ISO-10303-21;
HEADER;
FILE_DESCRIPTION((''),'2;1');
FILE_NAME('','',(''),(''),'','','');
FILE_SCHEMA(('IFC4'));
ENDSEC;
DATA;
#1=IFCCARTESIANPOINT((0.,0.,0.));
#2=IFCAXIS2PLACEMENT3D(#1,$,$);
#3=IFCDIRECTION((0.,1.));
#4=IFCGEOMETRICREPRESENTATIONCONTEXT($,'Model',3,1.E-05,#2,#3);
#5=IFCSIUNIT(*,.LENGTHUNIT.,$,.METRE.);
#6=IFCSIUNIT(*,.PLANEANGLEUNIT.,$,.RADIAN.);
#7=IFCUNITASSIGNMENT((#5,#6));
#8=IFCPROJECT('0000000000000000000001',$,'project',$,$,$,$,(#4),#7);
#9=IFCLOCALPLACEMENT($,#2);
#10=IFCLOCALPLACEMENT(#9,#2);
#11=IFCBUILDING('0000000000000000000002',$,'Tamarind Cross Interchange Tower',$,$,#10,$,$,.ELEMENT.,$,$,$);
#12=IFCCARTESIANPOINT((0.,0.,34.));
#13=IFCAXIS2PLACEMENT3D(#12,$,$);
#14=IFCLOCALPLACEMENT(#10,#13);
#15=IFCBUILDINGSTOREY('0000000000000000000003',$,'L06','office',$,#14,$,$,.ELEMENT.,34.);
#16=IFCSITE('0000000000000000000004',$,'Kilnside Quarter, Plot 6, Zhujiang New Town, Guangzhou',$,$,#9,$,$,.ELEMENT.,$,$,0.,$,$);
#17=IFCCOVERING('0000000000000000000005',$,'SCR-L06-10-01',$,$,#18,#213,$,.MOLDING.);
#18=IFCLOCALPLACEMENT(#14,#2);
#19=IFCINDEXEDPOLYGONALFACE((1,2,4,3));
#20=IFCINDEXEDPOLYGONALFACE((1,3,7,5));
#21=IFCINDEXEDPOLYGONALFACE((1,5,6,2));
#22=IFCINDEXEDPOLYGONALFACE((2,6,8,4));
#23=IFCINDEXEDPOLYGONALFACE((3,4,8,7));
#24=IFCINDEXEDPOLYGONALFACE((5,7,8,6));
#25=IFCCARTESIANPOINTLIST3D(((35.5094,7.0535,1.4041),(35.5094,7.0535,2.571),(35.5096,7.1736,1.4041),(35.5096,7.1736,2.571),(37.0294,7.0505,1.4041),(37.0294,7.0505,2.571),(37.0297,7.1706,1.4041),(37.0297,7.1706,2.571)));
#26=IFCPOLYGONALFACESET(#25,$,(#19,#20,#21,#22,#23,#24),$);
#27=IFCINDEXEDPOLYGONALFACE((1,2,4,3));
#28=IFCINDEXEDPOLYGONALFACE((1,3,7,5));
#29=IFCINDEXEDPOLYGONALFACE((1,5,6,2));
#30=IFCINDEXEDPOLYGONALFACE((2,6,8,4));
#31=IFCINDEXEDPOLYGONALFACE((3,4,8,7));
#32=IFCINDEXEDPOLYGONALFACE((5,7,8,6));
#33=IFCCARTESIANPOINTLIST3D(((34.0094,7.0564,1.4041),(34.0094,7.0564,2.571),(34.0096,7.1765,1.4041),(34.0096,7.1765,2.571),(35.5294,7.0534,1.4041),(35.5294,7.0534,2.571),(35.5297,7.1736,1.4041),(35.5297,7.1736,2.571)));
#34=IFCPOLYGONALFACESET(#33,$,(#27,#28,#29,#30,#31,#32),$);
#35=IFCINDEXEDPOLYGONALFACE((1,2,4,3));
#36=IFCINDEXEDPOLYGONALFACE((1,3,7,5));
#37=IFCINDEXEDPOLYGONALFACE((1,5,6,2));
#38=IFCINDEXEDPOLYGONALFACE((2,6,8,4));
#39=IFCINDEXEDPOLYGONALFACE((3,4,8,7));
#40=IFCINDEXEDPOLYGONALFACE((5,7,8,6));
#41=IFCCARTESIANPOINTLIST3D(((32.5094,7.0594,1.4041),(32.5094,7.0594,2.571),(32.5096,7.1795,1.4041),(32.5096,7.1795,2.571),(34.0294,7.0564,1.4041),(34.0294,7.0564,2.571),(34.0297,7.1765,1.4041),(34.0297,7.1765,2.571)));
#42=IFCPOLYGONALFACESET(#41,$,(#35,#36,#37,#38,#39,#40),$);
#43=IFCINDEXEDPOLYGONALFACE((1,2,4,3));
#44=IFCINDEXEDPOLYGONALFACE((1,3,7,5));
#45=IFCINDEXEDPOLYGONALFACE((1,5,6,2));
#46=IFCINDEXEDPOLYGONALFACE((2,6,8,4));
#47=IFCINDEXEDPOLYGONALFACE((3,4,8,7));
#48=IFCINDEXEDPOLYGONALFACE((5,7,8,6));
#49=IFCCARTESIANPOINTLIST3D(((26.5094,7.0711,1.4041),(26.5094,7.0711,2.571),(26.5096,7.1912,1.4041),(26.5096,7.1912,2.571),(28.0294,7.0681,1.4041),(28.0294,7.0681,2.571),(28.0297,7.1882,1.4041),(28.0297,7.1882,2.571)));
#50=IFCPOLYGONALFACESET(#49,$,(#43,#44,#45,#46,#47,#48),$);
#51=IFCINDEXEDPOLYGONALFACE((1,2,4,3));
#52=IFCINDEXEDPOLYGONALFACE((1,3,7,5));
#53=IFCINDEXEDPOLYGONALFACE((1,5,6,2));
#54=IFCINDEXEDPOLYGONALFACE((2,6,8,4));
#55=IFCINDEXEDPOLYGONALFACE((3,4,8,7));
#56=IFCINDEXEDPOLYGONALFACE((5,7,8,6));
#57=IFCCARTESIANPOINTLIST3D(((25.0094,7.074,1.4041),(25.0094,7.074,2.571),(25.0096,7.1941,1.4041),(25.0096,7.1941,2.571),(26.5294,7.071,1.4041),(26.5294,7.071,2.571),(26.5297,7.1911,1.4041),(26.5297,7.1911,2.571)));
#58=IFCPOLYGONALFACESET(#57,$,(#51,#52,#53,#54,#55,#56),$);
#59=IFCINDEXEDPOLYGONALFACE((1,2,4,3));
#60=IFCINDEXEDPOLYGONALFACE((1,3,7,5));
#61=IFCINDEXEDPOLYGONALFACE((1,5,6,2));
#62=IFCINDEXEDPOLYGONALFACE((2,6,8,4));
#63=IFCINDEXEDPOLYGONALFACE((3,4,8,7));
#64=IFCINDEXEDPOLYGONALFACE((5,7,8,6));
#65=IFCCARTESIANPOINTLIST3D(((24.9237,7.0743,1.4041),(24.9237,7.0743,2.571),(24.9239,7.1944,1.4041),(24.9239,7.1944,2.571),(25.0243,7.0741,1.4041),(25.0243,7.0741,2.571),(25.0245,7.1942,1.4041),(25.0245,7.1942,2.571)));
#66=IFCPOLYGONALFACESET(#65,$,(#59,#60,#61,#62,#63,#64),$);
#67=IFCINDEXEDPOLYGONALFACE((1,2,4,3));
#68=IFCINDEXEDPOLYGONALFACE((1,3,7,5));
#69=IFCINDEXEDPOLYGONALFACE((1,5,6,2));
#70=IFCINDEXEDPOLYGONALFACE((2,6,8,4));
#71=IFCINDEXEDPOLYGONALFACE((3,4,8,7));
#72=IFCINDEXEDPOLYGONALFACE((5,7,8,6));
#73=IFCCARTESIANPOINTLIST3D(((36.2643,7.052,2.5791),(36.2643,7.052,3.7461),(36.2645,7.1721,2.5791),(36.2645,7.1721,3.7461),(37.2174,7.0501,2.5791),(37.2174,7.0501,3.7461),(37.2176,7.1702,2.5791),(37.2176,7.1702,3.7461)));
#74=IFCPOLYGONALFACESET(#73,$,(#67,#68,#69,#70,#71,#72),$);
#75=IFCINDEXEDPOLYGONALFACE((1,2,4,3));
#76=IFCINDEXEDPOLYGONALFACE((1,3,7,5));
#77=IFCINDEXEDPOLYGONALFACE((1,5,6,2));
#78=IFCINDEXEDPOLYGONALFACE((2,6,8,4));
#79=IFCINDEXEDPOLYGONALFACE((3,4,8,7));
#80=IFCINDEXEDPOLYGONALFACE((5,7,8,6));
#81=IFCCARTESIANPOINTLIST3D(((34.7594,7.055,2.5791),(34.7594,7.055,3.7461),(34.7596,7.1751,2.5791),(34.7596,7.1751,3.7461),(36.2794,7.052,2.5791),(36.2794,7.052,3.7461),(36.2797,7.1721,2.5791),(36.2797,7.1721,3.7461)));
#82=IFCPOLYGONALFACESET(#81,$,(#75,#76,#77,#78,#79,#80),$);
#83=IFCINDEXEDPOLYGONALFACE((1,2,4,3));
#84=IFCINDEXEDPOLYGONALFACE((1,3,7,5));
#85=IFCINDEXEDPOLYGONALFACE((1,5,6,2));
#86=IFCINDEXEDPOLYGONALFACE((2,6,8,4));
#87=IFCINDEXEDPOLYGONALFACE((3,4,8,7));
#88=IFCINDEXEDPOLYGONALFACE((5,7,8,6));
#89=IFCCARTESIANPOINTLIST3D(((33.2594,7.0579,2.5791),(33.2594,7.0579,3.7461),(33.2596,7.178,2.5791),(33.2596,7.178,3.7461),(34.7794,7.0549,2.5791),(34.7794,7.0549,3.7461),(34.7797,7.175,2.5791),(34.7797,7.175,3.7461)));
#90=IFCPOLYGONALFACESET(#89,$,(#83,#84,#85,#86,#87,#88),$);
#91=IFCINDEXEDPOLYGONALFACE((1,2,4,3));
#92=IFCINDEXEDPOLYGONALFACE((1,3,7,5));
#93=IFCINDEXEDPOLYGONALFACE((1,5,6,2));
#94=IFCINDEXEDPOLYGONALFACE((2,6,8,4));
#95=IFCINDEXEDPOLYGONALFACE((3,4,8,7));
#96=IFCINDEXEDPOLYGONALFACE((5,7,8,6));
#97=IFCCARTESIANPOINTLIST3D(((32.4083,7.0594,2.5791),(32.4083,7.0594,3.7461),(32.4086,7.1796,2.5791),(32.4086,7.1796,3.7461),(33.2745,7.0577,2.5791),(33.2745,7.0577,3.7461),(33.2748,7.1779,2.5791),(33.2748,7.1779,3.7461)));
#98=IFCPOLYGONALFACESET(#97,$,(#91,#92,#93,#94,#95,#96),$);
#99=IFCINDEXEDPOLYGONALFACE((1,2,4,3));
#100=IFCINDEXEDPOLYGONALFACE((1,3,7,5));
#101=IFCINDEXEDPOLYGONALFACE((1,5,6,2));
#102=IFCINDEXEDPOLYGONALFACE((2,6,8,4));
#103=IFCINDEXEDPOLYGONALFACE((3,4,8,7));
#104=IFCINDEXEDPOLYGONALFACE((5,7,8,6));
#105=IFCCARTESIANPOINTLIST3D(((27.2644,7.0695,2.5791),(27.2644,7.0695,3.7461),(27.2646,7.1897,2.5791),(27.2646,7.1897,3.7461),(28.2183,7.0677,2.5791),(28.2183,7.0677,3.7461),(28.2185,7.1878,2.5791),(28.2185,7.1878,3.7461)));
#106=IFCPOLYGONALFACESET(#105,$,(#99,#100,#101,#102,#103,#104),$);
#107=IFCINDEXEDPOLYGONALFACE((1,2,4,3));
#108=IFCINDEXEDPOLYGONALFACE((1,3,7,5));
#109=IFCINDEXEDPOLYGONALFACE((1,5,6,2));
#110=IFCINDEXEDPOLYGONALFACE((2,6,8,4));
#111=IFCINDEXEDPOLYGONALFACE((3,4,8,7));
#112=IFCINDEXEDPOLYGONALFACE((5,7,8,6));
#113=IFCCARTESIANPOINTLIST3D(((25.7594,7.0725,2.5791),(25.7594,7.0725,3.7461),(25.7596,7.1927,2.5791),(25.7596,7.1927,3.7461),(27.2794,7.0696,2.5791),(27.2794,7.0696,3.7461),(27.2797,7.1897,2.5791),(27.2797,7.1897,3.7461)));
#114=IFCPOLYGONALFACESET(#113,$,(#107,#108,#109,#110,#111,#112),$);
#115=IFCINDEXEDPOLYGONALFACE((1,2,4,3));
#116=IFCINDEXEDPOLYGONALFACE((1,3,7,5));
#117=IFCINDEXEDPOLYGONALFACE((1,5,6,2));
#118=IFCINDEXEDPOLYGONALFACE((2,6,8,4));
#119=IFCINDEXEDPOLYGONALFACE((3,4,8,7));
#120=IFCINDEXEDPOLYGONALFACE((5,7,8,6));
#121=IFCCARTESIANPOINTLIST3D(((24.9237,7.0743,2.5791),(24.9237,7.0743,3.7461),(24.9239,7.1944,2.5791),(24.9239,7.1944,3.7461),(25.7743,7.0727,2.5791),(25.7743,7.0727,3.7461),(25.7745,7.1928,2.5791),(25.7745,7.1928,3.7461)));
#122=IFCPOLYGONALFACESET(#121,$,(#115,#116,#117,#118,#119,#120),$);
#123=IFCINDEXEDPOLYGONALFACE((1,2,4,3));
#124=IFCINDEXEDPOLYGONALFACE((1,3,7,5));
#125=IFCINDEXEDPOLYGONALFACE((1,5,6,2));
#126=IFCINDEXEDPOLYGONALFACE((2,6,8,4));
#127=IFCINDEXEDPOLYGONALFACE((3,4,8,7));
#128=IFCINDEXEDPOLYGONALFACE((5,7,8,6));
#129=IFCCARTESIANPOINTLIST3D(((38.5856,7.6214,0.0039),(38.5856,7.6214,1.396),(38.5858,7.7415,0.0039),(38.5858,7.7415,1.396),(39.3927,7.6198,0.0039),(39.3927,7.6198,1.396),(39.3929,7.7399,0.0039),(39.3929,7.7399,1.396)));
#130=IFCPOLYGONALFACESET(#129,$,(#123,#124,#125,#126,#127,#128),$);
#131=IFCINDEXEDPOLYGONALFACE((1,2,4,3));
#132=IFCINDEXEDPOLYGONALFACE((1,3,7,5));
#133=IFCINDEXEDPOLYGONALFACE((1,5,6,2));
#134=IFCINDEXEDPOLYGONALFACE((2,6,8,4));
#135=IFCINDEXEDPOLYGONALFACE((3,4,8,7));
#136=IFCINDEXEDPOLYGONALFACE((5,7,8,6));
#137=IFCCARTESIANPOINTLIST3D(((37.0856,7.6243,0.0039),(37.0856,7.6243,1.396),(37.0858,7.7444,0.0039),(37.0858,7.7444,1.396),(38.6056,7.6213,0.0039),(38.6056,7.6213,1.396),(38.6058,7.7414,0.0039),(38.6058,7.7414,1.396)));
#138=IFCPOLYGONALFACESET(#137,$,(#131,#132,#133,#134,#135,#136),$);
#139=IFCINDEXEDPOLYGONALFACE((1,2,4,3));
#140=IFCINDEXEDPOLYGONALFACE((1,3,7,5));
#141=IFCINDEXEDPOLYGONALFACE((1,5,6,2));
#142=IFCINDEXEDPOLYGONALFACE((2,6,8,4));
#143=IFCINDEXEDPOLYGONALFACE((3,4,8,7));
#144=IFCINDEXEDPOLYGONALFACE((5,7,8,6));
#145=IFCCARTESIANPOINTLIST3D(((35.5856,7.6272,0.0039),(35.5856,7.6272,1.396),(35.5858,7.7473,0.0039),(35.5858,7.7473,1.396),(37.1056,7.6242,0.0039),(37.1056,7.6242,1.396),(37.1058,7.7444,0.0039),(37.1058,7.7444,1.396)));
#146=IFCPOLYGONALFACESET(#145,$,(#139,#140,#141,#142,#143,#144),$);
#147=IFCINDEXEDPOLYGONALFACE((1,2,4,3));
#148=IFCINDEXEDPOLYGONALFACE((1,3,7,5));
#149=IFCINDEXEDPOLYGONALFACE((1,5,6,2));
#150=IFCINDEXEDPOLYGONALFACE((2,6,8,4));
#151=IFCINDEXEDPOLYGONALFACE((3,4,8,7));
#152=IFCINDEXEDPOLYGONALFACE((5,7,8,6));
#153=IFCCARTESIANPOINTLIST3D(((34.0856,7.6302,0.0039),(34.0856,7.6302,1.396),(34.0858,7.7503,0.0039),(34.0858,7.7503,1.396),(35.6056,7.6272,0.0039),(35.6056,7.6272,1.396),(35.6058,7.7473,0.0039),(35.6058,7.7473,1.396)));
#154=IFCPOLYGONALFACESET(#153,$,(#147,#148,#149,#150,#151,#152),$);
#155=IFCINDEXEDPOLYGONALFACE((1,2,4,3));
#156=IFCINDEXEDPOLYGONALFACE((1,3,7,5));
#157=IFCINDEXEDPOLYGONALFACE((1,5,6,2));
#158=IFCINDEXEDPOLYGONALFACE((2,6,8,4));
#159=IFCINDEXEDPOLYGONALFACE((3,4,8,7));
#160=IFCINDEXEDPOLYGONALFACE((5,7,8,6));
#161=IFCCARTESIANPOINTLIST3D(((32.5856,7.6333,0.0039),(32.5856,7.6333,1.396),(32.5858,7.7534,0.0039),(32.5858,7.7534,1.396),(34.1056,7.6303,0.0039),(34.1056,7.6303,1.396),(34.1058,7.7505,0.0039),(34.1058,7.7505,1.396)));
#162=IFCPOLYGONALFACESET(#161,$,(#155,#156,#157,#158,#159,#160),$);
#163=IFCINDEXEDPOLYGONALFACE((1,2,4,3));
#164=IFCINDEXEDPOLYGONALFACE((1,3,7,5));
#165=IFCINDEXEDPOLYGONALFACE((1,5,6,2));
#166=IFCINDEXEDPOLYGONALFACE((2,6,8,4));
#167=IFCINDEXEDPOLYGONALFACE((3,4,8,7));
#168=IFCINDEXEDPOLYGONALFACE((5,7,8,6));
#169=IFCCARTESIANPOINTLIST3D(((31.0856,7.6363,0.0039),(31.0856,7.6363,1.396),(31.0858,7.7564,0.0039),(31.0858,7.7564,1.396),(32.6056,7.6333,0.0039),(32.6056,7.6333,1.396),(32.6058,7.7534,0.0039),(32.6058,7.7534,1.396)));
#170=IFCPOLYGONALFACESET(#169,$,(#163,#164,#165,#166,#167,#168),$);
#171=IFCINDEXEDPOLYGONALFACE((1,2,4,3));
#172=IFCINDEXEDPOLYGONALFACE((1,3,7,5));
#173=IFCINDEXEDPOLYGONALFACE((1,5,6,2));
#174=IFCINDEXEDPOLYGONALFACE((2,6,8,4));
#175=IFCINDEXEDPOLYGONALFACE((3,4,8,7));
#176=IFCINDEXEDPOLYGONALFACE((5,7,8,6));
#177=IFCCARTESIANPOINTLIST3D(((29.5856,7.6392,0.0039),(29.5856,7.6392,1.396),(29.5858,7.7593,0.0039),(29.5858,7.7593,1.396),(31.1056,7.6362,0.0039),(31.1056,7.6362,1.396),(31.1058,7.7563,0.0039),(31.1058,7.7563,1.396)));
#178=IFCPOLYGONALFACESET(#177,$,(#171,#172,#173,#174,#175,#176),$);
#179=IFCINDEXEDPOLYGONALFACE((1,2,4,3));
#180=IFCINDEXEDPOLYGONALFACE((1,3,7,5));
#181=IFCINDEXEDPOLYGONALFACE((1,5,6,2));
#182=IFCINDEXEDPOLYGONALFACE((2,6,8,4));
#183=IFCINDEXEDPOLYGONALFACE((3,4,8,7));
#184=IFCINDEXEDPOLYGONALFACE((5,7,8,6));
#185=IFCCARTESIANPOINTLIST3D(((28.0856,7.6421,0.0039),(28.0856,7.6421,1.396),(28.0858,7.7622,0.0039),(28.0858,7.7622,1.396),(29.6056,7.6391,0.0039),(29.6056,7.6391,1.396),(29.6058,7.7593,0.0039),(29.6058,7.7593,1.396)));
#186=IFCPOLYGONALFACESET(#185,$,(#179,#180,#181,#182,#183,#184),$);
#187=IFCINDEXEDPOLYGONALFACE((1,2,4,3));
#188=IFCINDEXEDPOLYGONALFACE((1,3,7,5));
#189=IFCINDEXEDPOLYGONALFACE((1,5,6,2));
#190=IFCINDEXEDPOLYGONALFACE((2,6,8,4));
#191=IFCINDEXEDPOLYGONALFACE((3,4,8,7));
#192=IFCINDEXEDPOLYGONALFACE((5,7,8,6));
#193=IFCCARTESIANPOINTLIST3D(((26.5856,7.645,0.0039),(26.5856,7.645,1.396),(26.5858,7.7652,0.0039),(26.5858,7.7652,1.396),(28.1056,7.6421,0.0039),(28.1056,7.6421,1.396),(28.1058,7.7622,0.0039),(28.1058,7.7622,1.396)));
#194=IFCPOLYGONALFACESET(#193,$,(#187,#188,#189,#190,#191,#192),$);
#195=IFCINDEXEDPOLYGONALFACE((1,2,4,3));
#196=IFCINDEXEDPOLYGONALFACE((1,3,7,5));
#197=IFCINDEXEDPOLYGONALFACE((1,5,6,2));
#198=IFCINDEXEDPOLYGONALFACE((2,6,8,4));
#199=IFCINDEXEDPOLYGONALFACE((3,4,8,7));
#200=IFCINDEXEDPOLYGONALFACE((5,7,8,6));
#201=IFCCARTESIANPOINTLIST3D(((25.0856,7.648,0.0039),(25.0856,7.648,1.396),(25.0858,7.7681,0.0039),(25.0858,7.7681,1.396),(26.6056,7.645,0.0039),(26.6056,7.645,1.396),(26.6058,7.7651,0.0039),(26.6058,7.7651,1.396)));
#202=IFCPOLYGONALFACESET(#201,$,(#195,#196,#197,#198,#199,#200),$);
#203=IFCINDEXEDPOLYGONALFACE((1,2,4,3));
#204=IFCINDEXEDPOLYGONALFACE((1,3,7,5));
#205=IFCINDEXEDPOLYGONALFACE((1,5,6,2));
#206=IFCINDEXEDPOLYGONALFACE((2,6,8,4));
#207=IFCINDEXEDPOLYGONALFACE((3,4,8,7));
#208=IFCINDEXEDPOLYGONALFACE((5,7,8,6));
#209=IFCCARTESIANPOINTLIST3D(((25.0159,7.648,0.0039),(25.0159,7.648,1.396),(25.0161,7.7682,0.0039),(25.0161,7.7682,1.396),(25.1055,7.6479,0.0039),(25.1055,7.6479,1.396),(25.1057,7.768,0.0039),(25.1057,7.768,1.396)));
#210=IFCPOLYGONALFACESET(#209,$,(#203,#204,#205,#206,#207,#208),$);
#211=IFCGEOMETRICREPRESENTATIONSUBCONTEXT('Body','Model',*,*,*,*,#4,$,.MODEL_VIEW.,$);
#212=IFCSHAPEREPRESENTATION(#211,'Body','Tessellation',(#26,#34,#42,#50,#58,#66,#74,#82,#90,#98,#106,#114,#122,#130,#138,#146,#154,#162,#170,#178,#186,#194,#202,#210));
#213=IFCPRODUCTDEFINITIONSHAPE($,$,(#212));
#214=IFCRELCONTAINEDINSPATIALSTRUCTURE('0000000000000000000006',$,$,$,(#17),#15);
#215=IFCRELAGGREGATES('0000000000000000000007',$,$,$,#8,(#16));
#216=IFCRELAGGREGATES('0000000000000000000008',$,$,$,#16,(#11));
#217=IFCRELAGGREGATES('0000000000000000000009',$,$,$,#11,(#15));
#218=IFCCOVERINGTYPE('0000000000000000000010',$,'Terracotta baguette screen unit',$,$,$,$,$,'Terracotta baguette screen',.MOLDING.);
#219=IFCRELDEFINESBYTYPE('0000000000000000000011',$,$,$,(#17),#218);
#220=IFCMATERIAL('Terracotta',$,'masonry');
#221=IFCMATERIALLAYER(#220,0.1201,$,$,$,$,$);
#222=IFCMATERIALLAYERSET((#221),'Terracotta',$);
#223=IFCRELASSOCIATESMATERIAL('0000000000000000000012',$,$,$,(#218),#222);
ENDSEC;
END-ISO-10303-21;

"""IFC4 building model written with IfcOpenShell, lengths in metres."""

from ifc_helpers import new_model, si_unit, direction, frame, origin, origin_2d, place, context, subcontext, project, spatial, rectangle, extrude, material, layer, layer_set, type_object, element, save


model = new_model("IFC4")

# Units and contexts
model_context = context("Model", 3, precision=1e-05, world=origin(), true_north=direction((0.0, 1.0)))
body_context = subcontext(model_context, "Body", "Model", "MODEL_VIEW")
ifc_project = project(units=[si_unit("LENGTHUNIT", "METRE"), si_unit("PLANEANGLEUNIT", "RADIAN")], contexts=[model_context])

# Site, building, storey
site_placement = place(None, origin())
site = spatial("IfcSite", under=ifc_project, at=site_placement, Name="Kilnside Quarter, Plot 6, Zhujiang New Town, Guangzhou", CompositionType="ELEMENT", RefElevation=0.0)
building_placement = place(site_placement, origin())
building = spatial("IfcBuilding", under=site, at=building_placement, Name="Tamarind Cross Interchange Tower", CompositionType="ELEMENT")
storey_placement = place(building_placement, frame((0.0, 0.0, 34.0)))
storey = spatial("IfcBuildingStorey", under=building, at=storey_placement, Name="L06", Description="office", CompositionType="ELEMENT", Elevation=34.0)

# Covering
ifc_material_1 = material(Name="Terracotta", Category="masonry")
ifc_layer_1 = layer(ifc_material_1, 0.1201)
ifc_layer_set_1 = layer_set([ifc_layer_1], Name="Terracotta")
covering_type = type_object("IfcCoveringType", Name="Terracotta baguette screen unit", ElementType="Terracotta baguette screen", PredefinedType="MOLDING", material=ifc_layer_set_1)
covering_1_placement = place(storey_placement, origin())
element("IfcCovering", 1, at=covering_1_placement, inside=storey, type_object=covering_type, Name="SCR-L06-10-01", PredefinedType="MOLDING", context=body_context, shape_type="SweptSolid", body=[
    extrude(rectangle(XDim=1.52, YDim=0.1201, at=origin_2d()), frame((36.2695, 7.1121, 1.4041), z_axis=(0.0, 0.0, 1.0), x_axis=(-0.999998, 0.001962, 0.0)), (0.0, 0.0, 1.0), 1.167),
    extrude(rectangle(XDim=1.52, YDim=0.1201, at=origin_2d()), frame((34.7695, 7.115, 1.4041), z_axis=(0.0, 0.0, 1.0), x_axis=(-0.999998, 0.001962, 0.0)), (0.0, 0.0, 1.0), 1.167),
    extrude(rectangle(XDim=1.52, YDim=0.1201, at=origin_2d()), frame((33.2695, 7.1179, 1.4041), z_axis=(0.0, 0.0, 1.0), x_axis=(-0.999998, 0.001962, 0.0)), (0.0, 0.0, 1.0), 1.167),
    extrude(rectangle(XDim=1.52, YDim=0.1201, at=origin_2d()), frame((27.2695, 7.1296, 1.4041), z_axis=(0.0, 0.0, 1.0), x_axis=(-0.999998, 0.001962, 0.0)), (0.0, 0.0, 1.0), 1.167),
    extrude(rectangle(XDim=1.52, YDim=0.1201, at=origin_2d()), frame((25.7695, 7.1326, 1.4041), z_axis=(0.0, 0.0, 1.0), x_axis=(-0.999998, 0.001962, 0.0)), (0.0, 0.0, 1.0), 1.167),
    extrude(rectangle(XDim=0.1006, YDim=0.1201, at=origin_2d()), frame((24.9741, 7.1343, 1.4041), z_axis=(0.0, 0.0, 1.0), x_axis=(-0.999998, 0.001962, 0.0)), (0.0, 0.0, 1.0), 1.167),
    extrude(rectangle(XDim=0.9531, YDim=0.1201, at=origin_2d()), frame((36.741, 7.1111, 2.5791), z_axis=(0.0, 0.0, 1.0), x_axis=(-0.999998, 0.001962, 0.0)), (0.0, 0.0, 1.0), 1.167),
    extrude(rectangle(XDim=1.52, YDim=0.1201, at=origin_2d()), frame((35.5195, 7.1135, 2.5791), z_axis=(0.0, 0.0, 1.0), x_axis=(-0.999998, 0.001962, 0.0)), (0.0, 0.0, 1.0), 1.167),
    extrude(rectangle(XDim=1.52, YDim=0.1201, at=origin_2d()), frame((34.0195, 7.1165, 2.5791), z_axis=(0.0, 0.0, 1.0), x_axis=(-0.999998, 0.001962, 0.0)), (0.0, 0.0, 1.0), 1.167),
    extrude(rectangle(XDim=0.8662, YDim=0.1201, at=origin_2d()), frame((32.8416, 7.1187, 2.5791), z_axis=(0.0, 0.0, 1.0), x_axis=(-0.999998, 0.001962, 0.0)), (0.0, 0.0, 1.0), 1.167),
    extrude(rectangle(XDim=0.9539, YDim=0.1201, at=origin_2d()), frame((27.7415, 7.1287, 2.5791), z_axis=(0.0, 0.0, 1.0), x_axis=(-0.999998, 0.001962, 0.0)), (0.0, 0.0, 1.0), 1.167),
    extrude(rectangle(XDim=1.52, YDim=0.1201, at=origin_2d()), frame((26.5195, 7.1311, 2.5791), z_axis=(0.0, 0.0, 1.0), x_axis=(-0.999998, 0.001962, 0.0)), (0.0, 0.0, 1.0), 1.167),
    extrude(rectangle(XDim=0.8506, YDim=0.1201, at=origin_2d()), frame((25.3491, 7.1335, 2.5791), z_axis=(0.0, 0.0, 1.0), x_axis=(-0.999998, 0.001962, 0.0)), (0.0, 0.0, 1.0), 1.167),
    extrude(rectangle(XDim=0.8071, YDim=0.1201, at=origin_2d()), frame((38.9893, 7.6807, 0.0039), z_axis=(0.0, 0.0, 1.0), x_axis=(-0.999998, 0.001962, 0.0)), (0.0, 0.0, 1.0), 1.3921),
    extrude(rectangle(XDim=1.52, YDim=0.1201, at=origin_2d()), frame((37.8457, 7.6829, 0.0039), z_axis=(0.0, 0.0, 1.0), x_axis=(-0.999998, 0.001962, 0.0)), (0.0, 0.0, 1.0), 1.3921),
    extrude(rectangle(XDim=1.52, YDim=0.1201, at=origin_2d()), frame((36.3457, 7.6858, 0.0039), z_axis=(0.0, 0.0, 1.0), x_axis=(-0.999998, 0.001962, 0.0)), (0.0, 0.0, 1.0), 1.3921),
    extrude(rectangle(XDim=1.52, YDim=0.1201, at=origin_2d()), frame((34.8457, 7.6887, 0.0039), z_axis=(0.0, 0.0, 1.0), x_axis=(-0.999998, 0.001962, 0.0)), (0.0, 0.0, 1.0), 1.3921),
    extrude(rectangle(XDim=1.52, YDim=0.1201, at=origin_2d()), frame((33.3457, 7.6919, 0.0039), z_axis=(0.0, 0.0, 1.0), x_axis=(-0.999998, 0.001962, 0.0)), (0.0, 0.0, 1.0), 1.3921),
    extrude(rectangle(XDim=1.52, YDim=0.1201, at=origin_2d()), frame((31.8457, 7.6948, 0.0039), z_axis=(0.0, 0.0, 1.0), x_axis=(-0.999998, 0.001962, 0.0)), (0.0, 0.0, 1.0), 1.3921),
    extrude(rectangle(XDim=1.52, YDim=0.1201, at=origin_2d()), frame((30.3457, 7.6978, 0.0039), z_axis=(0.0, 0.0, 1.0), x_axis=(-0.999998, 0.001962, 0.0)), (0.0, 0.0, 1.0), 1.3921),
    extrude(rectangle(XDim=1.52, YDim=0.1201, at=origin_2d()), frame((28.8457, 7.7007, 0.0039), z_axis=(0.0, 0.0, 1.0), x_axis=(-0.999998, 0.001962, 0.0)), (0.0, 0.0, 1.0), 1.3921),
    extrude(rectangle(XDim=1.52, YDim=0.1201, at=origin_2d()), frame((27.3457, 7.7036, 0.0039), z_axis=(0.0, 0.0, 1.0), x_axis=(-0.999998, 0.001962, 0.0)), (0.0, 0.0, 1.0), 1.3921),
    extrude(rectangle(XDim=1.52, YDim=0.1201, at=origin_2d()), frame((25.8457, 7.7065, 0.0039), z_axis=(0.0, 0.0, 1.0), x_axis=(-0.999998, 0.001962, 0.0)), (0.0, 0.0, 1.0), 1.3921),
    extrude(rectangle(XDim=0.0896, YDim=0.1201, at=origin_2d()), frame((25.0608, 7.708, 0.0039), z_axis=(0.0, 0.0, 1.0), x_axis=(-0.999998, 0.001962, 0.0)), (0.0, 0.0, 1.0), 1.3921),
])

save(model, "model.ifc")
